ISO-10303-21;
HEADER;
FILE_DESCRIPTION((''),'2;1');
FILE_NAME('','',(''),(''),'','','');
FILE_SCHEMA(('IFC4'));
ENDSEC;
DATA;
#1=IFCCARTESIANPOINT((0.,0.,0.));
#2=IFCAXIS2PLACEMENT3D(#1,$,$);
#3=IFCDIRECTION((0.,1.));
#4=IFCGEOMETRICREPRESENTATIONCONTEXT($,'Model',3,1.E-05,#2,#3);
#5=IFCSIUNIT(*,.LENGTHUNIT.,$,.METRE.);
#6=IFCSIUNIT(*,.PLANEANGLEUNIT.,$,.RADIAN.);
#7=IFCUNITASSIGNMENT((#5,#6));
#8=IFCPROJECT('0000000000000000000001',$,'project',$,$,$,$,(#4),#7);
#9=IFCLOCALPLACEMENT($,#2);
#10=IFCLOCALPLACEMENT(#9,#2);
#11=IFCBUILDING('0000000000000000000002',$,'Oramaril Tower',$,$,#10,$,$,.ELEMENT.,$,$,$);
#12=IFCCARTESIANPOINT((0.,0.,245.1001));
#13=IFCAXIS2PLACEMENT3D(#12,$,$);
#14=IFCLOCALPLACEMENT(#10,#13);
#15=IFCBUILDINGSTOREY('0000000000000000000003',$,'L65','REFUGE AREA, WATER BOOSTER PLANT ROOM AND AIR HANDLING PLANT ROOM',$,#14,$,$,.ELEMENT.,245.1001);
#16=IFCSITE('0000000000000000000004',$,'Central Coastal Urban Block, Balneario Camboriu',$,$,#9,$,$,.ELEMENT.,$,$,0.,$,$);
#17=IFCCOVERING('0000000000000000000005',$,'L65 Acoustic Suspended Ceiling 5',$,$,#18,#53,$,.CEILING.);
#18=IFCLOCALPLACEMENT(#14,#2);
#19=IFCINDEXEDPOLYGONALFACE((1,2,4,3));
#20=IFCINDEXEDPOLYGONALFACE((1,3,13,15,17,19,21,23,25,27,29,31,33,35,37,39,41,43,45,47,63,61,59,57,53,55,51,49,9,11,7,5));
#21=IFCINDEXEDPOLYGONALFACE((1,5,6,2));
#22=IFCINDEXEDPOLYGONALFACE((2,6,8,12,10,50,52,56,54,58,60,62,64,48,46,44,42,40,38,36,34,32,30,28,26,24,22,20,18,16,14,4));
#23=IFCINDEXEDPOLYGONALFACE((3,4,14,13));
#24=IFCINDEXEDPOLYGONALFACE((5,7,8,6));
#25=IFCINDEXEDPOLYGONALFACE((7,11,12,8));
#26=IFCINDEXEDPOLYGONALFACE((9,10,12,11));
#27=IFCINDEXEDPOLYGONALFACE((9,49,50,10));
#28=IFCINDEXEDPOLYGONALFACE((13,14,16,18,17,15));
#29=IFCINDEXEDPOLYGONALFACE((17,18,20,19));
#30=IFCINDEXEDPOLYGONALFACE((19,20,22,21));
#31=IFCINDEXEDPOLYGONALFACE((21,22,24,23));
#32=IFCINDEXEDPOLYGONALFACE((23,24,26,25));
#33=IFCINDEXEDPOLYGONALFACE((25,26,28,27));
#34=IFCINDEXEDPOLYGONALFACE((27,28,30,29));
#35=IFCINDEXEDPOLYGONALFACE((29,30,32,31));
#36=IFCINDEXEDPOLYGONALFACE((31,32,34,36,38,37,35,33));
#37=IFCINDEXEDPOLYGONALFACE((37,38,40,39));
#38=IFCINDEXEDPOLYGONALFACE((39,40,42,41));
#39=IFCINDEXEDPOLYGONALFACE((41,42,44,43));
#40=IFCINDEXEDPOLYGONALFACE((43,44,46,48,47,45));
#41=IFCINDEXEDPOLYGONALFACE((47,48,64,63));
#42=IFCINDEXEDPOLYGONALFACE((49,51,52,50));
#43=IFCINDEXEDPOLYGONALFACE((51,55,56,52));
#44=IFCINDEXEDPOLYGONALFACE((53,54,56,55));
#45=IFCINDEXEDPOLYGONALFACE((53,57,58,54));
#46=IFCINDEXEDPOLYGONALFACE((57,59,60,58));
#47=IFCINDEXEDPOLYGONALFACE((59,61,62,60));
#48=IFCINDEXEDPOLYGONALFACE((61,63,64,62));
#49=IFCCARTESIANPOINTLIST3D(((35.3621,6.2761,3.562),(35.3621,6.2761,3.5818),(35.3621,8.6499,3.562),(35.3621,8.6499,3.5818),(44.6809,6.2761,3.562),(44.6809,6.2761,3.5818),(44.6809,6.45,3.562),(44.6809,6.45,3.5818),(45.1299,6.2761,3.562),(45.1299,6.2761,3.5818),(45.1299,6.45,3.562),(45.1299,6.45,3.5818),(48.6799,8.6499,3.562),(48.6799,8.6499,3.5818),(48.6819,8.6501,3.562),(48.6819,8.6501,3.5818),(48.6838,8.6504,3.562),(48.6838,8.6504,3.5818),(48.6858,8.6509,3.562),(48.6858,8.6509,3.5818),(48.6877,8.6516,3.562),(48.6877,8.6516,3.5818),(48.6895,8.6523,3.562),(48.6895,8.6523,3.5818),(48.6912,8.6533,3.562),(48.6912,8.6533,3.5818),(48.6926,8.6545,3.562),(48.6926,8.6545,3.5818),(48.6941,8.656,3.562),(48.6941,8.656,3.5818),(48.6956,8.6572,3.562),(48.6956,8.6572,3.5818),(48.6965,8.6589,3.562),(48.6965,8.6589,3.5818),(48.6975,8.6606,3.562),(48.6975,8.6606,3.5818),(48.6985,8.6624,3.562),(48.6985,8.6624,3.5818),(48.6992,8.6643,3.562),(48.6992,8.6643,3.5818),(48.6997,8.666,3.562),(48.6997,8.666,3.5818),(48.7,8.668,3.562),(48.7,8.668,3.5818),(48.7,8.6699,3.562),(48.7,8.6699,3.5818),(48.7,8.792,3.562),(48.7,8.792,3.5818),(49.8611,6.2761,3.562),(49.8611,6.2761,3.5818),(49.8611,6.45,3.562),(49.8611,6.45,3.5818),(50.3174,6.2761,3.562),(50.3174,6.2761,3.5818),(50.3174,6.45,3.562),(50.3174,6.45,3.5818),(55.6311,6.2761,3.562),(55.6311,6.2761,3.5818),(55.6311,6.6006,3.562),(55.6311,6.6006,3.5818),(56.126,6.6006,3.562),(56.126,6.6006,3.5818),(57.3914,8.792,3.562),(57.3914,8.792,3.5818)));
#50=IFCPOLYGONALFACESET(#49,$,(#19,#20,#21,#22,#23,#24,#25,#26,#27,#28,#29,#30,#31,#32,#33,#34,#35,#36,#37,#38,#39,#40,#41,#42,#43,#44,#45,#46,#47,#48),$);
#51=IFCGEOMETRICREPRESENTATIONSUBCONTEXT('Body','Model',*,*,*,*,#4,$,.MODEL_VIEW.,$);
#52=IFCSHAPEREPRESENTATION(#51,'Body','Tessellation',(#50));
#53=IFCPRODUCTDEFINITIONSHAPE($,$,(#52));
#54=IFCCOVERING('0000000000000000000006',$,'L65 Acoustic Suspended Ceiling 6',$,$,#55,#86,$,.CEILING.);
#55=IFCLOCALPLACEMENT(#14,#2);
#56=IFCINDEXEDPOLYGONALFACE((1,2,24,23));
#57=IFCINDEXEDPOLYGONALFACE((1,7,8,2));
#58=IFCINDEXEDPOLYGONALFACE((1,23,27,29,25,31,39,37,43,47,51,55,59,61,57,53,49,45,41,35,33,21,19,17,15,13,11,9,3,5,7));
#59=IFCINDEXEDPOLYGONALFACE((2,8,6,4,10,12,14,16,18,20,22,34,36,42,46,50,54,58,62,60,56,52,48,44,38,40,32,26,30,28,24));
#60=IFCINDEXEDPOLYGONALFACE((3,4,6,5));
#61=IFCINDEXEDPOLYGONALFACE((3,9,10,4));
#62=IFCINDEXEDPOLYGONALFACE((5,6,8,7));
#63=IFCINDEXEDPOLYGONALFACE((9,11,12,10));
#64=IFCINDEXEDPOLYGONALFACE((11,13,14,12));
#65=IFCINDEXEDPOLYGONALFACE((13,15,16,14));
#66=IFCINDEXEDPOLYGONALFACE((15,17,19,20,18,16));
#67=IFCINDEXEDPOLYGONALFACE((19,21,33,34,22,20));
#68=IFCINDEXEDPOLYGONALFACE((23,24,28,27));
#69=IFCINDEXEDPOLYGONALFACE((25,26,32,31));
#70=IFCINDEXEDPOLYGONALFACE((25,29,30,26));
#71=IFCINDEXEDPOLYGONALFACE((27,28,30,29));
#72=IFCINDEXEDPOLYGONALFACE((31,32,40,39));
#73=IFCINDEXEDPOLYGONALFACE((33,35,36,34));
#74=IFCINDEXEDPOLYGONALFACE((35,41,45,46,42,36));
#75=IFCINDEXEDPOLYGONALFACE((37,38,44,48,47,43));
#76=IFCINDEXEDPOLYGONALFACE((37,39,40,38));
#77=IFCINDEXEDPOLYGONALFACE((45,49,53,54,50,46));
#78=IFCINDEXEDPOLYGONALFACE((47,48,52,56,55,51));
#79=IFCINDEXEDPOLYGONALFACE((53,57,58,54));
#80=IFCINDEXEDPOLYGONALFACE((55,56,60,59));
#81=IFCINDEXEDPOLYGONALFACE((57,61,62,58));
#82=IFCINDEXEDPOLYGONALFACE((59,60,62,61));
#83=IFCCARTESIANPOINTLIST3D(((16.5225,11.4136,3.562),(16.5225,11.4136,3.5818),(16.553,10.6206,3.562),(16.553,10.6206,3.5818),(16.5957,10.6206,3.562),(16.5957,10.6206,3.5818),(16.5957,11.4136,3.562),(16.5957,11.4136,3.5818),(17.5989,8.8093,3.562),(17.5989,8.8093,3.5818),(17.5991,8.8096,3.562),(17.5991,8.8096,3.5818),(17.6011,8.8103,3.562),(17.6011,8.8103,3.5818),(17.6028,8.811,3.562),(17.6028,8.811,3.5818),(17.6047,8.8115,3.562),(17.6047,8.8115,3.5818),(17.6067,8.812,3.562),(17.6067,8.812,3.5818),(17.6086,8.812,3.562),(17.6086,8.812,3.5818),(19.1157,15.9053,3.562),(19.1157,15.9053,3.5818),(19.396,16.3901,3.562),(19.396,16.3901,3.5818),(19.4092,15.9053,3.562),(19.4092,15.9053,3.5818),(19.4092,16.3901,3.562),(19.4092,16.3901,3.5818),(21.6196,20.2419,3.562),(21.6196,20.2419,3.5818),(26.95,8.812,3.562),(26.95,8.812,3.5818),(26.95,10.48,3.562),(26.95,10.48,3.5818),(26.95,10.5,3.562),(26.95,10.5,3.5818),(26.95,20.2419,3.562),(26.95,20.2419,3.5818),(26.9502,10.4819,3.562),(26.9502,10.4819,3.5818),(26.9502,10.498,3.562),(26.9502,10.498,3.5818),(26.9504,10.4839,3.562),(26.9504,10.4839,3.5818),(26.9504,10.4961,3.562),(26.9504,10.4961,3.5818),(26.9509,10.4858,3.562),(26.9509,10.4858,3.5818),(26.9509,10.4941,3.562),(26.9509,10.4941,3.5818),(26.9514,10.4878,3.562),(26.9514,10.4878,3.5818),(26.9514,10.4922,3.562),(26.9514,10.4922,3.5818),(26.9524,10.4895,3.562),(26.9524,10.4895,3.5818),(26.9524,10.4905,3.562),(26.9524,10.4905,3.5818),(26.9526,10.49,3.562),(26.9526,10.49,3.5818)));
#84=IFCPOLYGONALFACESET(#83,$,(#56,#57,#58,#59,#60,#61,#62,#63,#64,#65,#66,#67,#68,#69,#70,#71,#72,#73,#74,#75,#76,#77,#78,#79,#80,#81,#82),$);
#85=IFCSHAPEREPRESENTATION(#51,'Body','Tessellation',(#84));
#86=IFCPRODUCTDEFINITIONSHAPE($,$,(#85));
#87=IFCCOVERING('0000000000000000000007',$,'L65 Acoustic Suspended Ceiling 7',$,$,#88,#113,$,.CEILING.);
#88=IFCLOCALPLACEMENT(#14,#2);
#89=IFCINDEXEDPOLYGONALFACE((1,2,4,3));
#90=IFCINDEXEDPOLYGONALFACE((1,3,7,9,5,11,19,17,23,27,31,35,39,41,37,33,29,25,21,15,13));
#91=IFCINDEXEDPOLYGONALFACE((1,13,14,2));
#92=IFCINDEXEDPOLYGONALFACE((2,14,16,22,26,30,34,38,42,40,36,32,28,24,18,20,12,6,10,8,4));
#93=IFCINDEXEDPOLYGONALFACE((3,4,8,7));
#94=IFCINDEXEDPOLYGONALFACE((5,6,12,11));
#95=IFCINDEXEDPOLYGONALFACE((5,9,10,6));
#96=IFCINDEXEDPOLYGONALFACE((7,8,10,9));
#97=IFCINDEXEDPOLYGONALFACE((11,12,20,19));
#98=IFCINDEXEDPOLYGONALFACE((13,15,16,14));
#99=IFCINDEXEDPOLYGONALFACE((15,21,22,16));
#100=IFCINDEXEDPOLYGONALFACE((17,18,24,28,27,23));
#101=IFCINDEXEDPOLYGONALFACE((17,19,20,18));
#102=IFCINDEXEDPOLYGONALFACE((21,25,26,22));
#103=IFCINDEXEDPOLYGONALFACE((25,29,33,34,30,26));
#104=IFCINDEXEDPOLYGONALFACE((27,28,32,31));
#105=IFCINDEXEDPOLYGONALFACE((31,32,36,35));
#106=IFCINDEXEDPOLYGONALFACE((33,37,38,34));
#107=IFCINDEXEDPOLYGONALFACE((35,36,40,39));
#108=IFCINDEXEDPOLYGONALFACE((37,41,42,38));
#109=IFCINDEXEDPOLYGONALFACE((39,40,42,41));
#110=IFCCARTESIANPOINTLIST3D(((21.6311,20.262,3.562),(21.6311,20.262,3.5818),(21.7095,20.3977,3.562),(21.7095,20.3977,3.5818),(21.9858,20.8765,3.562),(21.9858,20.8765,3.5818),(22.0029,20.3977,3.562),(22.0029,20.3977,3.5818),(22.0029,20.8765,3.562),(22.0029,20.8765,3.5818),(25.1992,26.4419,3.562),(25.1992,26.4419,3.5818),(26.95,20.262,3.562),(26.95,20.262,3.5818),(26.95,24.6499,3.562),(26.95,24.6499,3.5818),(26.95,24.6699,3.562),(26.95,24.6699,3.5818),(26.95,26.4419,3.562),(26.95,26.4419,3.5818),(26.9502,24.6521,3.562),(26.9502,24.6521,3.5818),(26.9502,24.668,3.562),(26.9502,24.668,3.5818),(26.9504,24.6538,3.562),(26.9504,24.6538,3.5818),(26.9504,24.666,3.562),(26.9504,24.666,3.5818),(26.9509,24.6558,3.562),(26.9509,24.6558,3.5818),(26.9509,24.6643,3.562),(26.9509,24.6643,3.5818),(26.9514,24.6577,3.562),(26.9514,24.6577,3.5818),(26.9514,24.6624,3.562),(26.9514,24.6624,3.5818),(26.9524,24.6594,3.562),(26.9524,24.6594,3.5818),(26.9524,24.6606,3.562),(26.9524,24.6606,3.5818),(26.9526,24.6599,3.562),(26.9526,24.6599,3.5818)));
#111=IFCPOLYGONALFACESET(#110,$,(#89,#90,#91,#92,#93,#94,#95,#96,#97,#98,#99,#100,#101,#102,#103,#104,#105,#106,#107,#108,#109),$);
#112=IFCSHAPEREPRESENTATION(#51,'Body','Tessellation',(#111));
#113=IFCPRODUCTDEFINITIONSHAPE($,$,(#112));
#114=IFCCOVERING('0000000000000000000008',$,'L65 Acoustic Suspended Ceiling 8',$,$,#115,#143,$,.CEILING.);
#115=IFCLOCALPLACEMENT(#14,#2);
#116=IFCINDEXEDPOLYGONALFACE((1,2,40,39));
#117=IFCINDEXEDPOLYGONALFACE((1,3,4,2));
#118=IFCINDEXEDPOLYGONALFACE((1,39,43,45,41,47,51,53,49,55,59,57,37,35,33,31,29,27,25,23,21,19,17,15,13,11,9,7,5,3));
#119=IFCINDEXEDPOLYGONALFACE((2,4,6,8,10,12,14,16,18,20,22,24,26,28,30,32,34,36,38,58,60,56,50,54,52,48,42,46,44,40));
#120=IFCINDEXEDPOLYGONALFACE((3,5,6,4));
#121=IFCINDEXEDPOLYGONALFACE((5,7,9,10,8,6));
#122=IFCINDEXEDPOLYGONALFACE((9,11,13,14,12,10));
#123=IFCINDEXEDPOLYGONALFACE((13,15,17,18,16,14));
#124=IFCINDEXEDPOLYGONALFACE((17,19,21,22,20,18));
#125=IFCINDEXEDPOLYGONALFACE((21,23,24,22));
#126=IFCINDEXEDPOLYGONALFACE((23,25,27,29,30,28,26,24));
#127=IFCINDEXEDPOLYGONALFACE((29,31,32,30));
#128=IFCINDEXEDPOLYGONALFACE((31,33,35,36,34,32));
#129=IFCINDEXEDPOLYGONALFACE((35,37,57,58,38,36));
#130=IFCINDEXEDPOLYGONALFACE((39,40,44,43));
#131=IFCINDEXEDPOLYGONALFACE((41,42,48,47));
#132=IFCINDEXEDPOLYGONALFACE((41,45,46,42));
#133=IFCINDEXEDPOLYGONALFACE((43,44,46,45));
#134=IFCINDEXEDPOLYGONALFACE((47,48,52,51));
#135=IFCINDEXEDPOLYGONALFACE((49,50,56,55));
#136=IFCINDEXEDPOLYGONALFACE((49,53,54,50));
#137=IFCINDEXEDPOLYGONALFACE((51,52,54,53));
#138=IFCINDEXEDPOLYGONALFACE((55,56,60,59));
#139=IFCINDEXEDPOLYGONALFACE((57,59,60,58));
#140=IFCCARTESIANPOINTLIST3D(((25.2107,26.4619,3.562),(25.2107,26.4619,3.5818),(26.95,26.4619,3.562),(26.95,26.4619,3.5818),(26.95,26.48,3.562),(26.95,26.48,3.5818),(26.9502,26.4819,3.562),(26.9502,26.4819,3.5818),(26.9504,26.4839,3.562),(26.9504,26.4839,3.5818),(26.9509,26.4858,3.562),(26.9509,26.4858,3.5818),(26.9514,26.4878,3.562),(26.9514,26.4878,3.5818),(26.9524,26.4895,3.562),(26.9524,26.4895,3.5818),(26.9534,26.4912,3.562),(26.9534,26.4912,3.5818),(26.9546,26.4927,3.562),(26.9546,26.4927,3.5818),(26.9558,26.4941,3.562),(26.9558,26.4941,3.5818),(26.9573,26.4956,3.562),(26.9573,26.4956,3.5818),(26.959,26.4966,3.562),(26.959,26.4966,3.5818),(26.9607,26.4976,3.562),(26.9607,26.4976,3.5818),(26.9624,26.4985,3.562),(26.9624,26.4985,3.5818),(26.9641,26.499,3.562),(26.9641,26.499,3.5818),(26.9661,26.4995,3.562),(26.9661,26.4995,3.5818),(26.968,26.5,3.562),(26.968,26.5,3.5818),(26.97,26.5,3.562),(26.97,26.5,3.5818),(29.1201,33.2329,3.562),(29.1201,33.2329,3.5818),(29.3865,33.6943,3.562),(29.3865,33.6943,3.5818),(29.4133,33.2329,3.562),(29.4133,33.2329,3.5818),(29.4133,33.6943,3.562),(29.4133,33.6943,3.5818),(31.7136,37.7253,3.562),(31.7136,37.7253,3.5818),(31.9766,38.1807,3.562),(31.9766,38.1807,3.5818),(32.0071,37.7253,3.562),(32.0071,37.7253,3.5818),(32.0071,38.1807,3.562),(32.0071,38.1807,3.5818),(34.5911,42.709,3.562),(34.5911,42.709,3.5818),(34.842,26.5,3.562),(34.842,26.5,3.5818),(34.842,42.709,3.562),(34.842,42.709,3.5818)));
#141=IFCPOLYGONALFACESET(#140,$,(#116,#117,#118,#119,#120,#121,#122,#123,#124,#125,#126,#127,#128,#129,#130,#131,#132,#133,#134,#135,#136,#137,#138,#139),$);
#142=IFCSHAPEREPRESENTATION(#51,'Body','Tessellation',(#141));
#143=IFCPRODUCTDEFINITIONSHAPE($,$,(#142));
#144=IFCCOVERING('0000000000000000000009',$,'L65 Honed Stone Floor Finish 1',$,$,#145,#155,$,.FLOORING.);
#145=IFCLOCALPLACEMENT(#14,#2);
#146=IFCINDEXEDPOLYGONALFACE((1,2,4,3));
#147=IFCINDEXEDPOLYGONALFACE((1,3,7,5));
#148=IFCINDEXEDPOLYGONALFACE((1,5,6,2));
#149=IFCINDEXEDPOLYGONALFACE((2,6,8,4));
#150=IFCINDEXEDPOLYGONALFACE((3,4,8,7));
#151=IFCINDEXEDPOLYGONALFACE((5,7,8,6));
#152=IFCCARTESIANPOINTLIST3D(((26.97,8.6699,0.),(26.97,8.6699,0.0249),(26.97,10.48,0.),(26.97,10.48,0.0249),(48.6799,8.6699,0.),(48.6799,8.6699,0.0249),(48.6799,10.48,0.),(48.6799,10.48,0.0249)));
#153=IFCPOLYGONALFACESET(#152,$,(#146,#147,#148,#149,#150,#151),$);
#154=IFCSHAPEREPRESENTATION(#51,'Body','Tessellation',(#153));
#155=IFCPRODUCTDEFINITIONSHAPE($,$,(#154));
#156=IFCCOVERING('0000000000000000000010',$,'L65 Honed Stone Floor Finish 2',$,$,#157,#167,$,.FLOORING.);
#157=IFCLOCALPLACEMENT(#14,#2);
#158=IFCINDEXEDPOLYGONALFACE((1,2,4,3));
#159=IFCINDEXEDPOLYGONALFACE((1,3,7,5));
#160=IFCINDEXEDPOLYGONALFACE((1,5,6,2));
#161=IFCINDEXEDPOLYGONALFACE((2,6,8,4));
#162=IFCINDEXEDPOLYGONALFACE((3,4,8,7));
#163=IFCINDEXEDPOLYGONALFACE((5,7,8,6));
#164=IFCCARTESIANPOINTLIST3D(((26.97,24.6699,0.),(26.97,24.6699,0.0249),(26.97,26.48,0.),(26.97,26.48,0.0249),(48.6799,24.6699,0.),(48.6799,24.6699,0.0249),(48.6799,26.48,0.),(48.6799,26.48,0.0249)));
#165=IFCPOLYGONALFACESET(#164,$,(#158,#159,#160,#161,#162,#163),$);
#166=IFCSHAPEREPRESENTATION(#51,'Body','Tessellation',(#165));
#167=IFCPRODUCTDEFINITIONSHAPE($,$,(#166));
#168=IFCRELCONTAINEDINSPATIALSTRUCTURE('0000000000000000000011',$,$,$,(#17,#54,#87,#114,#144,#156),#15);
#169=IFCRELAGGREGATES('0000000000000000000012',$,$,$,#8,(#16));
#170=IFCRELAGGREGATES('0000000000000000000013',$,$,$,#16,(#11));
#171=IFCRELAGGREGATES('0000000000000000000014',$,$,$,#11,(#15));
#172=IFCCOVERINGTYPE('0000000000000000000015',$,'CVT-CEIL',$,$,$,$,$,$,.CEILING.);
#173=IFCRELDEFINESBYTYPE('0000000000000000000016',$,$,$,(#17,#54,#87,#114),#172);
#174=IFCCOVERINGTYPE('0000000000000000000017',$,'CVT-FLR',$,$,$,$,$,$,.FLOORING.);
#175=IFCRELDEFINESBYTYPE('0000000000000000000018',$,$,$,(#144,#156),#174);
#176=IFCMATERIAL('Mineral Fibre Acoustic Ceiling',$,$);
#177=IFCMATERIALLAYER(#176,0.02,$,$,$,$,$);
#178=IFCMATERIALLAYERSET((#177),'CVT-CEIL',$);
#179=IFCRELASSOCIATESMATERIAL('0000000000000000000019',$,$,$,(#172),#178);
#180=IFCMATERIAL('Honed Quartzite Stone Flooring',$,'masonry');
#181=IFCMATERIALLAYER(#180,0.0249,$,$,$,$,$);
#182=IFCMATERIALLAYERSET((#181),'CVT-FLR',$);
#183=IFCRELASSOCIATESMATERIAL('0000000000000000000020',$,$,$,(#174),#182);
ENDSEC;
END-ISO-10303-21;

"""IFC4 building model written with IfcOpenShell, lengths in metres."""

from ifc_helpers import new_model, si_unit, direction, frame, origin, place, context, subcontext, project, spatial, polyline, outline, extrude, material, layer, layer_set, type_object, element, save


model = new_model("IFC4")

# Units and contexts
model_context = context("Model", 3, precision=1e-05, world=origin(), true_north=direction((0.0, 1.0)))
body_context = subcontext(model_context, "Body", "Model", "MODEL_VIEW")
ifc_project = project(units=[si_unit("LENGTHUNIT", "METRE"), si_unit("PLANEANGLEUNIT", "RADIAN")], contexts=[model_context])

# Site, building, storey
site_placement = place(None, origin())
site = spatial("IfcSite", under=ifc_project, at=site_placement, Name="Central Coastal Urban Block, Balneario Camboriu", CompositionType="ELEMENT", RefElevation=0.0)
building_placement = place(site_placement, origin())
building = spatial("IfcBuilding", under=site, at=building_placement, Name="Oramaril Tower", CompositionType="ELEMENT")
storey_placement = place(building_placement, frame((0.0, 0.0, 245.1001)))
storey = spatial("IfcBuildingStorey", under=building, at=storey_placement, Name="L65", Description="REFUGE AREA, WATER BOOSTER PLANT ROOM AND AIR HANDLING PLANT ROOM", CompositionType="ELEMENT", Elevation=245.1001)

# Coverings
ifc_material_1 = material(Name="Mineral Fibre Acoustic Ceiling")
ifc_layer_1 = layer(ifc_material_1, 0.02)
ifc_layer_set_1 = layer_set([ifc_layer_1], Name="CVT-CEIL")
covering_type_1 = type_object("IfcCoveringType", Name="CVT-CEIL", PredefinedType="CEILING", material=ifc_layer_set_1)
covering_1_placement = place(storey_placement, frame((0.0, 0.0, 3.562)))
element("IfcCovering", 1, at=covering_1_placement, inside=storey, type_object=covering_type_1, Name="L65 Acoustic Suspended Ceiling 5", PredefinedType="CEILING", context=body_context, shape_type="SweptSolid", body=[
    extrude(outline(polyline([(50.3174, 6.45), (49.8611, 6.45), (49.8611, 6.2761), (45.1299, 6.2761), (45.1299, 6.45), (44.6809, 6.45), (44.6809, 6.2761), (35.3621, 6.2761), (35.3621, 8.6499), (48.6799, 8.6499), (48.6819, 8.6501), (48.6838, 8.6504), (48.6858, 8.6509), (48.6877, 8.6516), (48.6895, 8.6523), (48.6912, 8.6533), (48.6926, 8.6545), (48.6941, 8.656), (48.6956, 8.6572), (48.6965, 8.6589), (48.6975, 8.6606), (48.6985, 8.6624), (48.6992, 8.6643), (48.6997, 8.666), (48.7, 8.668), (48.7, 8.6699), (48.7, 8.792), (57.3914, 8.792), (56.126, 6.6006), (55.6311, 6.6006), (55.6311, 6.2761), (50.3174, 6.2761), (50.3174, 6.45)])), origin(), (0.0, 0.0, 1.0), 0.0198),
])
covering_2_placement = place(storey_placement, frame((0.0, 0.0, 3.562)))
element("IfcCovering", 2, at=covering_2_placement, inside=storey, type_object=covering_type_1, Name="L65 Acoustic Suspended Ceiling 6", PredefinedType="CEILING", context=body_context, shape_type="SweptSolid", body=[
    extrude(outline(polyline([(16.553, 10.6206), (16.5957, 10.6206), (16.5957, 11.4136), (16.5225, 11.4136), (19.1157, 15.9053), (19.4092, 15.9053), (19.4092, 16.3901), (19.396, 16.3901), (21.6196, 20.2419), (26.95, 20.2419), (26.95, 10.5), (26.9502, 10.498), (26.9504, 10.4961), (26.9509, 10.4941), (26.9514, 10.4922), (26.9524, 10.4905), (26.9526, 10.49), (26.9524, 10.4895), (26.9514, 10.4878), (26.9509, 10.4858), (26.9504, 10.4839), (26.9502, 10.4819), (26.95, 10.48), (26.95, 8.812), (17.6086, 8.812), (17.6067, 8.812), (17.6047, 8.8115), (17.6028, 8.811), (17.6011, 8.8103), (17.5991, 8.8096), (17.5989, 8.8093), (16.553, 10.6206)])), origin(), (0.0, 0.0, 1.0), 0.0198),
])
covering_3_placement = place(storey_placement, frame((0.0, 0.0, 3.562)))
element("IfcCovering", 3, at=covering_3_placement, inside=storey, type_object=covering_type_1, Name="L65 Acoustic Suspended Ceiling 7", PredefinedType="CEILING", context=body_context, shape_type="SweptSolid", body=[
    extrude(outline(polyline([(21.7095, 20.3977), (22.0029, 20.3977), (22.0029, 20.8765), (21.9858, 20.8765), (25.1992, 26.4419), (26.95, 26.4419), (26.95, 24.6699), (26.9502, 24.668), (26.9504, 24.666), (26.9509, 24.6643), (26.9514, 24.6624), (26.9524, 24.6606), (26.9526, 24.6599), (26.9524, 24.6594), (26.9514, 24.6577), (26.9509, 24.6558), (26.9504, 24.6538), (26.9502, 24.6521), (26.95, 24.6499), (26.95, 20.262), (21.6311, 20.262), (21.7095, 20.3977)])), origin(), (0.0, 0.0, 1.0), 0.0198),
])
covering_4_placement = place(storey_placement, frame((0.0, 0.0, 3.562)))
element("IfcCovering", 4, at=covering_4_placement, inside=storey, type_object=covering_type_1, Name="L65 Acoustic Suspended Ceiling 8", PredefinedType="CEILING", context=body_context, shape_type="SweptSolid", body=[
    extrude(outline(polyline([(29.4133, 33.2329), (29.4133, 33.6943), (29.3865, 33.6943), (31.7136, 37.7253), (32.0071, 37.7253), (32.0071, 38.1807), (31.9766, 38.1807), (34.5911, 42.709), (34.842, 42.709), (34.842, 26.5), (26.97, 26.5), (26.968, 26.5), (26.9661, 26.4995), (26.9641, 26.499), (26.9624, 26.4985), (26.9607, 26.4976), (26.959, 26.4966), (26.9573, 26.4956), (26.9558, 26.4941), (26.9546, 26.4927), (26.9534, 26.4912), (26.9524, 26.4895), (26.9514, 26.4878), (26.9509, 26.4858), (26.9504, 26.4839), (26.9502, 26.4819), (26.95, 26.48), (26.95, 26.4619), (25.2107, 26.4619), (29.1201, 33.2329), (29.4133, 33.2329)])), origin(), (0.0, 0.0, 1.0), 0.0198),
])
ifc_material_2 = material(Name="Honed Quartzite Stone Flooring", Category="masonry")
ifc_layer_2 = layer(ifc_material_2, 0.0249)
ifc_layer_set_2 = layer_set([ifc_layer_2], Name="CVT-FLR")
covering_type_2 = type_object("IfcCoveringType", Name="CVT-FLR", PredefinedType="FLOORING", material=ifc_layer_set_2)
covering_5_placement = place(storey_placement, origin())
element("IfcCovering", 5, at=covering_5_placement, inside=storey, type_object=covering_type_2, Name="L65 Honed Stone Floor Finish 1", PredefinedType="FLOORING", context=body_context, shape_type="SweptSolid", body=[
    extrude(outline(polyline([(48.6799, 10.48), (48.6799, 8.6699), (26.97, 8.6699), (26.97, 10.48), (48.6799, 10.48)])), origin(), (0.0, 0.0, 1.0), 0.0249),
])
covering_6_placement = place(storey_placement, origin())
element("IfcCovering", 6, at=covering_6_placement, inside=storey, type_object=covering_type_2, Name="L65 Honed Stone Floor Finish 2", PredefinedType="FLOORING", context=body_context, shape_type="SweptSolid", body=[
    extrude(outline(polyline([(48.6799, 26.48), (48.6799, 24.6699), (26.97, 24.6699), (26.97, 26.48), (48.6799, 26.48)])), origin(), (0.0, 0.0, 1.0), 0.0249),
])

save(model, "model.ifc")
